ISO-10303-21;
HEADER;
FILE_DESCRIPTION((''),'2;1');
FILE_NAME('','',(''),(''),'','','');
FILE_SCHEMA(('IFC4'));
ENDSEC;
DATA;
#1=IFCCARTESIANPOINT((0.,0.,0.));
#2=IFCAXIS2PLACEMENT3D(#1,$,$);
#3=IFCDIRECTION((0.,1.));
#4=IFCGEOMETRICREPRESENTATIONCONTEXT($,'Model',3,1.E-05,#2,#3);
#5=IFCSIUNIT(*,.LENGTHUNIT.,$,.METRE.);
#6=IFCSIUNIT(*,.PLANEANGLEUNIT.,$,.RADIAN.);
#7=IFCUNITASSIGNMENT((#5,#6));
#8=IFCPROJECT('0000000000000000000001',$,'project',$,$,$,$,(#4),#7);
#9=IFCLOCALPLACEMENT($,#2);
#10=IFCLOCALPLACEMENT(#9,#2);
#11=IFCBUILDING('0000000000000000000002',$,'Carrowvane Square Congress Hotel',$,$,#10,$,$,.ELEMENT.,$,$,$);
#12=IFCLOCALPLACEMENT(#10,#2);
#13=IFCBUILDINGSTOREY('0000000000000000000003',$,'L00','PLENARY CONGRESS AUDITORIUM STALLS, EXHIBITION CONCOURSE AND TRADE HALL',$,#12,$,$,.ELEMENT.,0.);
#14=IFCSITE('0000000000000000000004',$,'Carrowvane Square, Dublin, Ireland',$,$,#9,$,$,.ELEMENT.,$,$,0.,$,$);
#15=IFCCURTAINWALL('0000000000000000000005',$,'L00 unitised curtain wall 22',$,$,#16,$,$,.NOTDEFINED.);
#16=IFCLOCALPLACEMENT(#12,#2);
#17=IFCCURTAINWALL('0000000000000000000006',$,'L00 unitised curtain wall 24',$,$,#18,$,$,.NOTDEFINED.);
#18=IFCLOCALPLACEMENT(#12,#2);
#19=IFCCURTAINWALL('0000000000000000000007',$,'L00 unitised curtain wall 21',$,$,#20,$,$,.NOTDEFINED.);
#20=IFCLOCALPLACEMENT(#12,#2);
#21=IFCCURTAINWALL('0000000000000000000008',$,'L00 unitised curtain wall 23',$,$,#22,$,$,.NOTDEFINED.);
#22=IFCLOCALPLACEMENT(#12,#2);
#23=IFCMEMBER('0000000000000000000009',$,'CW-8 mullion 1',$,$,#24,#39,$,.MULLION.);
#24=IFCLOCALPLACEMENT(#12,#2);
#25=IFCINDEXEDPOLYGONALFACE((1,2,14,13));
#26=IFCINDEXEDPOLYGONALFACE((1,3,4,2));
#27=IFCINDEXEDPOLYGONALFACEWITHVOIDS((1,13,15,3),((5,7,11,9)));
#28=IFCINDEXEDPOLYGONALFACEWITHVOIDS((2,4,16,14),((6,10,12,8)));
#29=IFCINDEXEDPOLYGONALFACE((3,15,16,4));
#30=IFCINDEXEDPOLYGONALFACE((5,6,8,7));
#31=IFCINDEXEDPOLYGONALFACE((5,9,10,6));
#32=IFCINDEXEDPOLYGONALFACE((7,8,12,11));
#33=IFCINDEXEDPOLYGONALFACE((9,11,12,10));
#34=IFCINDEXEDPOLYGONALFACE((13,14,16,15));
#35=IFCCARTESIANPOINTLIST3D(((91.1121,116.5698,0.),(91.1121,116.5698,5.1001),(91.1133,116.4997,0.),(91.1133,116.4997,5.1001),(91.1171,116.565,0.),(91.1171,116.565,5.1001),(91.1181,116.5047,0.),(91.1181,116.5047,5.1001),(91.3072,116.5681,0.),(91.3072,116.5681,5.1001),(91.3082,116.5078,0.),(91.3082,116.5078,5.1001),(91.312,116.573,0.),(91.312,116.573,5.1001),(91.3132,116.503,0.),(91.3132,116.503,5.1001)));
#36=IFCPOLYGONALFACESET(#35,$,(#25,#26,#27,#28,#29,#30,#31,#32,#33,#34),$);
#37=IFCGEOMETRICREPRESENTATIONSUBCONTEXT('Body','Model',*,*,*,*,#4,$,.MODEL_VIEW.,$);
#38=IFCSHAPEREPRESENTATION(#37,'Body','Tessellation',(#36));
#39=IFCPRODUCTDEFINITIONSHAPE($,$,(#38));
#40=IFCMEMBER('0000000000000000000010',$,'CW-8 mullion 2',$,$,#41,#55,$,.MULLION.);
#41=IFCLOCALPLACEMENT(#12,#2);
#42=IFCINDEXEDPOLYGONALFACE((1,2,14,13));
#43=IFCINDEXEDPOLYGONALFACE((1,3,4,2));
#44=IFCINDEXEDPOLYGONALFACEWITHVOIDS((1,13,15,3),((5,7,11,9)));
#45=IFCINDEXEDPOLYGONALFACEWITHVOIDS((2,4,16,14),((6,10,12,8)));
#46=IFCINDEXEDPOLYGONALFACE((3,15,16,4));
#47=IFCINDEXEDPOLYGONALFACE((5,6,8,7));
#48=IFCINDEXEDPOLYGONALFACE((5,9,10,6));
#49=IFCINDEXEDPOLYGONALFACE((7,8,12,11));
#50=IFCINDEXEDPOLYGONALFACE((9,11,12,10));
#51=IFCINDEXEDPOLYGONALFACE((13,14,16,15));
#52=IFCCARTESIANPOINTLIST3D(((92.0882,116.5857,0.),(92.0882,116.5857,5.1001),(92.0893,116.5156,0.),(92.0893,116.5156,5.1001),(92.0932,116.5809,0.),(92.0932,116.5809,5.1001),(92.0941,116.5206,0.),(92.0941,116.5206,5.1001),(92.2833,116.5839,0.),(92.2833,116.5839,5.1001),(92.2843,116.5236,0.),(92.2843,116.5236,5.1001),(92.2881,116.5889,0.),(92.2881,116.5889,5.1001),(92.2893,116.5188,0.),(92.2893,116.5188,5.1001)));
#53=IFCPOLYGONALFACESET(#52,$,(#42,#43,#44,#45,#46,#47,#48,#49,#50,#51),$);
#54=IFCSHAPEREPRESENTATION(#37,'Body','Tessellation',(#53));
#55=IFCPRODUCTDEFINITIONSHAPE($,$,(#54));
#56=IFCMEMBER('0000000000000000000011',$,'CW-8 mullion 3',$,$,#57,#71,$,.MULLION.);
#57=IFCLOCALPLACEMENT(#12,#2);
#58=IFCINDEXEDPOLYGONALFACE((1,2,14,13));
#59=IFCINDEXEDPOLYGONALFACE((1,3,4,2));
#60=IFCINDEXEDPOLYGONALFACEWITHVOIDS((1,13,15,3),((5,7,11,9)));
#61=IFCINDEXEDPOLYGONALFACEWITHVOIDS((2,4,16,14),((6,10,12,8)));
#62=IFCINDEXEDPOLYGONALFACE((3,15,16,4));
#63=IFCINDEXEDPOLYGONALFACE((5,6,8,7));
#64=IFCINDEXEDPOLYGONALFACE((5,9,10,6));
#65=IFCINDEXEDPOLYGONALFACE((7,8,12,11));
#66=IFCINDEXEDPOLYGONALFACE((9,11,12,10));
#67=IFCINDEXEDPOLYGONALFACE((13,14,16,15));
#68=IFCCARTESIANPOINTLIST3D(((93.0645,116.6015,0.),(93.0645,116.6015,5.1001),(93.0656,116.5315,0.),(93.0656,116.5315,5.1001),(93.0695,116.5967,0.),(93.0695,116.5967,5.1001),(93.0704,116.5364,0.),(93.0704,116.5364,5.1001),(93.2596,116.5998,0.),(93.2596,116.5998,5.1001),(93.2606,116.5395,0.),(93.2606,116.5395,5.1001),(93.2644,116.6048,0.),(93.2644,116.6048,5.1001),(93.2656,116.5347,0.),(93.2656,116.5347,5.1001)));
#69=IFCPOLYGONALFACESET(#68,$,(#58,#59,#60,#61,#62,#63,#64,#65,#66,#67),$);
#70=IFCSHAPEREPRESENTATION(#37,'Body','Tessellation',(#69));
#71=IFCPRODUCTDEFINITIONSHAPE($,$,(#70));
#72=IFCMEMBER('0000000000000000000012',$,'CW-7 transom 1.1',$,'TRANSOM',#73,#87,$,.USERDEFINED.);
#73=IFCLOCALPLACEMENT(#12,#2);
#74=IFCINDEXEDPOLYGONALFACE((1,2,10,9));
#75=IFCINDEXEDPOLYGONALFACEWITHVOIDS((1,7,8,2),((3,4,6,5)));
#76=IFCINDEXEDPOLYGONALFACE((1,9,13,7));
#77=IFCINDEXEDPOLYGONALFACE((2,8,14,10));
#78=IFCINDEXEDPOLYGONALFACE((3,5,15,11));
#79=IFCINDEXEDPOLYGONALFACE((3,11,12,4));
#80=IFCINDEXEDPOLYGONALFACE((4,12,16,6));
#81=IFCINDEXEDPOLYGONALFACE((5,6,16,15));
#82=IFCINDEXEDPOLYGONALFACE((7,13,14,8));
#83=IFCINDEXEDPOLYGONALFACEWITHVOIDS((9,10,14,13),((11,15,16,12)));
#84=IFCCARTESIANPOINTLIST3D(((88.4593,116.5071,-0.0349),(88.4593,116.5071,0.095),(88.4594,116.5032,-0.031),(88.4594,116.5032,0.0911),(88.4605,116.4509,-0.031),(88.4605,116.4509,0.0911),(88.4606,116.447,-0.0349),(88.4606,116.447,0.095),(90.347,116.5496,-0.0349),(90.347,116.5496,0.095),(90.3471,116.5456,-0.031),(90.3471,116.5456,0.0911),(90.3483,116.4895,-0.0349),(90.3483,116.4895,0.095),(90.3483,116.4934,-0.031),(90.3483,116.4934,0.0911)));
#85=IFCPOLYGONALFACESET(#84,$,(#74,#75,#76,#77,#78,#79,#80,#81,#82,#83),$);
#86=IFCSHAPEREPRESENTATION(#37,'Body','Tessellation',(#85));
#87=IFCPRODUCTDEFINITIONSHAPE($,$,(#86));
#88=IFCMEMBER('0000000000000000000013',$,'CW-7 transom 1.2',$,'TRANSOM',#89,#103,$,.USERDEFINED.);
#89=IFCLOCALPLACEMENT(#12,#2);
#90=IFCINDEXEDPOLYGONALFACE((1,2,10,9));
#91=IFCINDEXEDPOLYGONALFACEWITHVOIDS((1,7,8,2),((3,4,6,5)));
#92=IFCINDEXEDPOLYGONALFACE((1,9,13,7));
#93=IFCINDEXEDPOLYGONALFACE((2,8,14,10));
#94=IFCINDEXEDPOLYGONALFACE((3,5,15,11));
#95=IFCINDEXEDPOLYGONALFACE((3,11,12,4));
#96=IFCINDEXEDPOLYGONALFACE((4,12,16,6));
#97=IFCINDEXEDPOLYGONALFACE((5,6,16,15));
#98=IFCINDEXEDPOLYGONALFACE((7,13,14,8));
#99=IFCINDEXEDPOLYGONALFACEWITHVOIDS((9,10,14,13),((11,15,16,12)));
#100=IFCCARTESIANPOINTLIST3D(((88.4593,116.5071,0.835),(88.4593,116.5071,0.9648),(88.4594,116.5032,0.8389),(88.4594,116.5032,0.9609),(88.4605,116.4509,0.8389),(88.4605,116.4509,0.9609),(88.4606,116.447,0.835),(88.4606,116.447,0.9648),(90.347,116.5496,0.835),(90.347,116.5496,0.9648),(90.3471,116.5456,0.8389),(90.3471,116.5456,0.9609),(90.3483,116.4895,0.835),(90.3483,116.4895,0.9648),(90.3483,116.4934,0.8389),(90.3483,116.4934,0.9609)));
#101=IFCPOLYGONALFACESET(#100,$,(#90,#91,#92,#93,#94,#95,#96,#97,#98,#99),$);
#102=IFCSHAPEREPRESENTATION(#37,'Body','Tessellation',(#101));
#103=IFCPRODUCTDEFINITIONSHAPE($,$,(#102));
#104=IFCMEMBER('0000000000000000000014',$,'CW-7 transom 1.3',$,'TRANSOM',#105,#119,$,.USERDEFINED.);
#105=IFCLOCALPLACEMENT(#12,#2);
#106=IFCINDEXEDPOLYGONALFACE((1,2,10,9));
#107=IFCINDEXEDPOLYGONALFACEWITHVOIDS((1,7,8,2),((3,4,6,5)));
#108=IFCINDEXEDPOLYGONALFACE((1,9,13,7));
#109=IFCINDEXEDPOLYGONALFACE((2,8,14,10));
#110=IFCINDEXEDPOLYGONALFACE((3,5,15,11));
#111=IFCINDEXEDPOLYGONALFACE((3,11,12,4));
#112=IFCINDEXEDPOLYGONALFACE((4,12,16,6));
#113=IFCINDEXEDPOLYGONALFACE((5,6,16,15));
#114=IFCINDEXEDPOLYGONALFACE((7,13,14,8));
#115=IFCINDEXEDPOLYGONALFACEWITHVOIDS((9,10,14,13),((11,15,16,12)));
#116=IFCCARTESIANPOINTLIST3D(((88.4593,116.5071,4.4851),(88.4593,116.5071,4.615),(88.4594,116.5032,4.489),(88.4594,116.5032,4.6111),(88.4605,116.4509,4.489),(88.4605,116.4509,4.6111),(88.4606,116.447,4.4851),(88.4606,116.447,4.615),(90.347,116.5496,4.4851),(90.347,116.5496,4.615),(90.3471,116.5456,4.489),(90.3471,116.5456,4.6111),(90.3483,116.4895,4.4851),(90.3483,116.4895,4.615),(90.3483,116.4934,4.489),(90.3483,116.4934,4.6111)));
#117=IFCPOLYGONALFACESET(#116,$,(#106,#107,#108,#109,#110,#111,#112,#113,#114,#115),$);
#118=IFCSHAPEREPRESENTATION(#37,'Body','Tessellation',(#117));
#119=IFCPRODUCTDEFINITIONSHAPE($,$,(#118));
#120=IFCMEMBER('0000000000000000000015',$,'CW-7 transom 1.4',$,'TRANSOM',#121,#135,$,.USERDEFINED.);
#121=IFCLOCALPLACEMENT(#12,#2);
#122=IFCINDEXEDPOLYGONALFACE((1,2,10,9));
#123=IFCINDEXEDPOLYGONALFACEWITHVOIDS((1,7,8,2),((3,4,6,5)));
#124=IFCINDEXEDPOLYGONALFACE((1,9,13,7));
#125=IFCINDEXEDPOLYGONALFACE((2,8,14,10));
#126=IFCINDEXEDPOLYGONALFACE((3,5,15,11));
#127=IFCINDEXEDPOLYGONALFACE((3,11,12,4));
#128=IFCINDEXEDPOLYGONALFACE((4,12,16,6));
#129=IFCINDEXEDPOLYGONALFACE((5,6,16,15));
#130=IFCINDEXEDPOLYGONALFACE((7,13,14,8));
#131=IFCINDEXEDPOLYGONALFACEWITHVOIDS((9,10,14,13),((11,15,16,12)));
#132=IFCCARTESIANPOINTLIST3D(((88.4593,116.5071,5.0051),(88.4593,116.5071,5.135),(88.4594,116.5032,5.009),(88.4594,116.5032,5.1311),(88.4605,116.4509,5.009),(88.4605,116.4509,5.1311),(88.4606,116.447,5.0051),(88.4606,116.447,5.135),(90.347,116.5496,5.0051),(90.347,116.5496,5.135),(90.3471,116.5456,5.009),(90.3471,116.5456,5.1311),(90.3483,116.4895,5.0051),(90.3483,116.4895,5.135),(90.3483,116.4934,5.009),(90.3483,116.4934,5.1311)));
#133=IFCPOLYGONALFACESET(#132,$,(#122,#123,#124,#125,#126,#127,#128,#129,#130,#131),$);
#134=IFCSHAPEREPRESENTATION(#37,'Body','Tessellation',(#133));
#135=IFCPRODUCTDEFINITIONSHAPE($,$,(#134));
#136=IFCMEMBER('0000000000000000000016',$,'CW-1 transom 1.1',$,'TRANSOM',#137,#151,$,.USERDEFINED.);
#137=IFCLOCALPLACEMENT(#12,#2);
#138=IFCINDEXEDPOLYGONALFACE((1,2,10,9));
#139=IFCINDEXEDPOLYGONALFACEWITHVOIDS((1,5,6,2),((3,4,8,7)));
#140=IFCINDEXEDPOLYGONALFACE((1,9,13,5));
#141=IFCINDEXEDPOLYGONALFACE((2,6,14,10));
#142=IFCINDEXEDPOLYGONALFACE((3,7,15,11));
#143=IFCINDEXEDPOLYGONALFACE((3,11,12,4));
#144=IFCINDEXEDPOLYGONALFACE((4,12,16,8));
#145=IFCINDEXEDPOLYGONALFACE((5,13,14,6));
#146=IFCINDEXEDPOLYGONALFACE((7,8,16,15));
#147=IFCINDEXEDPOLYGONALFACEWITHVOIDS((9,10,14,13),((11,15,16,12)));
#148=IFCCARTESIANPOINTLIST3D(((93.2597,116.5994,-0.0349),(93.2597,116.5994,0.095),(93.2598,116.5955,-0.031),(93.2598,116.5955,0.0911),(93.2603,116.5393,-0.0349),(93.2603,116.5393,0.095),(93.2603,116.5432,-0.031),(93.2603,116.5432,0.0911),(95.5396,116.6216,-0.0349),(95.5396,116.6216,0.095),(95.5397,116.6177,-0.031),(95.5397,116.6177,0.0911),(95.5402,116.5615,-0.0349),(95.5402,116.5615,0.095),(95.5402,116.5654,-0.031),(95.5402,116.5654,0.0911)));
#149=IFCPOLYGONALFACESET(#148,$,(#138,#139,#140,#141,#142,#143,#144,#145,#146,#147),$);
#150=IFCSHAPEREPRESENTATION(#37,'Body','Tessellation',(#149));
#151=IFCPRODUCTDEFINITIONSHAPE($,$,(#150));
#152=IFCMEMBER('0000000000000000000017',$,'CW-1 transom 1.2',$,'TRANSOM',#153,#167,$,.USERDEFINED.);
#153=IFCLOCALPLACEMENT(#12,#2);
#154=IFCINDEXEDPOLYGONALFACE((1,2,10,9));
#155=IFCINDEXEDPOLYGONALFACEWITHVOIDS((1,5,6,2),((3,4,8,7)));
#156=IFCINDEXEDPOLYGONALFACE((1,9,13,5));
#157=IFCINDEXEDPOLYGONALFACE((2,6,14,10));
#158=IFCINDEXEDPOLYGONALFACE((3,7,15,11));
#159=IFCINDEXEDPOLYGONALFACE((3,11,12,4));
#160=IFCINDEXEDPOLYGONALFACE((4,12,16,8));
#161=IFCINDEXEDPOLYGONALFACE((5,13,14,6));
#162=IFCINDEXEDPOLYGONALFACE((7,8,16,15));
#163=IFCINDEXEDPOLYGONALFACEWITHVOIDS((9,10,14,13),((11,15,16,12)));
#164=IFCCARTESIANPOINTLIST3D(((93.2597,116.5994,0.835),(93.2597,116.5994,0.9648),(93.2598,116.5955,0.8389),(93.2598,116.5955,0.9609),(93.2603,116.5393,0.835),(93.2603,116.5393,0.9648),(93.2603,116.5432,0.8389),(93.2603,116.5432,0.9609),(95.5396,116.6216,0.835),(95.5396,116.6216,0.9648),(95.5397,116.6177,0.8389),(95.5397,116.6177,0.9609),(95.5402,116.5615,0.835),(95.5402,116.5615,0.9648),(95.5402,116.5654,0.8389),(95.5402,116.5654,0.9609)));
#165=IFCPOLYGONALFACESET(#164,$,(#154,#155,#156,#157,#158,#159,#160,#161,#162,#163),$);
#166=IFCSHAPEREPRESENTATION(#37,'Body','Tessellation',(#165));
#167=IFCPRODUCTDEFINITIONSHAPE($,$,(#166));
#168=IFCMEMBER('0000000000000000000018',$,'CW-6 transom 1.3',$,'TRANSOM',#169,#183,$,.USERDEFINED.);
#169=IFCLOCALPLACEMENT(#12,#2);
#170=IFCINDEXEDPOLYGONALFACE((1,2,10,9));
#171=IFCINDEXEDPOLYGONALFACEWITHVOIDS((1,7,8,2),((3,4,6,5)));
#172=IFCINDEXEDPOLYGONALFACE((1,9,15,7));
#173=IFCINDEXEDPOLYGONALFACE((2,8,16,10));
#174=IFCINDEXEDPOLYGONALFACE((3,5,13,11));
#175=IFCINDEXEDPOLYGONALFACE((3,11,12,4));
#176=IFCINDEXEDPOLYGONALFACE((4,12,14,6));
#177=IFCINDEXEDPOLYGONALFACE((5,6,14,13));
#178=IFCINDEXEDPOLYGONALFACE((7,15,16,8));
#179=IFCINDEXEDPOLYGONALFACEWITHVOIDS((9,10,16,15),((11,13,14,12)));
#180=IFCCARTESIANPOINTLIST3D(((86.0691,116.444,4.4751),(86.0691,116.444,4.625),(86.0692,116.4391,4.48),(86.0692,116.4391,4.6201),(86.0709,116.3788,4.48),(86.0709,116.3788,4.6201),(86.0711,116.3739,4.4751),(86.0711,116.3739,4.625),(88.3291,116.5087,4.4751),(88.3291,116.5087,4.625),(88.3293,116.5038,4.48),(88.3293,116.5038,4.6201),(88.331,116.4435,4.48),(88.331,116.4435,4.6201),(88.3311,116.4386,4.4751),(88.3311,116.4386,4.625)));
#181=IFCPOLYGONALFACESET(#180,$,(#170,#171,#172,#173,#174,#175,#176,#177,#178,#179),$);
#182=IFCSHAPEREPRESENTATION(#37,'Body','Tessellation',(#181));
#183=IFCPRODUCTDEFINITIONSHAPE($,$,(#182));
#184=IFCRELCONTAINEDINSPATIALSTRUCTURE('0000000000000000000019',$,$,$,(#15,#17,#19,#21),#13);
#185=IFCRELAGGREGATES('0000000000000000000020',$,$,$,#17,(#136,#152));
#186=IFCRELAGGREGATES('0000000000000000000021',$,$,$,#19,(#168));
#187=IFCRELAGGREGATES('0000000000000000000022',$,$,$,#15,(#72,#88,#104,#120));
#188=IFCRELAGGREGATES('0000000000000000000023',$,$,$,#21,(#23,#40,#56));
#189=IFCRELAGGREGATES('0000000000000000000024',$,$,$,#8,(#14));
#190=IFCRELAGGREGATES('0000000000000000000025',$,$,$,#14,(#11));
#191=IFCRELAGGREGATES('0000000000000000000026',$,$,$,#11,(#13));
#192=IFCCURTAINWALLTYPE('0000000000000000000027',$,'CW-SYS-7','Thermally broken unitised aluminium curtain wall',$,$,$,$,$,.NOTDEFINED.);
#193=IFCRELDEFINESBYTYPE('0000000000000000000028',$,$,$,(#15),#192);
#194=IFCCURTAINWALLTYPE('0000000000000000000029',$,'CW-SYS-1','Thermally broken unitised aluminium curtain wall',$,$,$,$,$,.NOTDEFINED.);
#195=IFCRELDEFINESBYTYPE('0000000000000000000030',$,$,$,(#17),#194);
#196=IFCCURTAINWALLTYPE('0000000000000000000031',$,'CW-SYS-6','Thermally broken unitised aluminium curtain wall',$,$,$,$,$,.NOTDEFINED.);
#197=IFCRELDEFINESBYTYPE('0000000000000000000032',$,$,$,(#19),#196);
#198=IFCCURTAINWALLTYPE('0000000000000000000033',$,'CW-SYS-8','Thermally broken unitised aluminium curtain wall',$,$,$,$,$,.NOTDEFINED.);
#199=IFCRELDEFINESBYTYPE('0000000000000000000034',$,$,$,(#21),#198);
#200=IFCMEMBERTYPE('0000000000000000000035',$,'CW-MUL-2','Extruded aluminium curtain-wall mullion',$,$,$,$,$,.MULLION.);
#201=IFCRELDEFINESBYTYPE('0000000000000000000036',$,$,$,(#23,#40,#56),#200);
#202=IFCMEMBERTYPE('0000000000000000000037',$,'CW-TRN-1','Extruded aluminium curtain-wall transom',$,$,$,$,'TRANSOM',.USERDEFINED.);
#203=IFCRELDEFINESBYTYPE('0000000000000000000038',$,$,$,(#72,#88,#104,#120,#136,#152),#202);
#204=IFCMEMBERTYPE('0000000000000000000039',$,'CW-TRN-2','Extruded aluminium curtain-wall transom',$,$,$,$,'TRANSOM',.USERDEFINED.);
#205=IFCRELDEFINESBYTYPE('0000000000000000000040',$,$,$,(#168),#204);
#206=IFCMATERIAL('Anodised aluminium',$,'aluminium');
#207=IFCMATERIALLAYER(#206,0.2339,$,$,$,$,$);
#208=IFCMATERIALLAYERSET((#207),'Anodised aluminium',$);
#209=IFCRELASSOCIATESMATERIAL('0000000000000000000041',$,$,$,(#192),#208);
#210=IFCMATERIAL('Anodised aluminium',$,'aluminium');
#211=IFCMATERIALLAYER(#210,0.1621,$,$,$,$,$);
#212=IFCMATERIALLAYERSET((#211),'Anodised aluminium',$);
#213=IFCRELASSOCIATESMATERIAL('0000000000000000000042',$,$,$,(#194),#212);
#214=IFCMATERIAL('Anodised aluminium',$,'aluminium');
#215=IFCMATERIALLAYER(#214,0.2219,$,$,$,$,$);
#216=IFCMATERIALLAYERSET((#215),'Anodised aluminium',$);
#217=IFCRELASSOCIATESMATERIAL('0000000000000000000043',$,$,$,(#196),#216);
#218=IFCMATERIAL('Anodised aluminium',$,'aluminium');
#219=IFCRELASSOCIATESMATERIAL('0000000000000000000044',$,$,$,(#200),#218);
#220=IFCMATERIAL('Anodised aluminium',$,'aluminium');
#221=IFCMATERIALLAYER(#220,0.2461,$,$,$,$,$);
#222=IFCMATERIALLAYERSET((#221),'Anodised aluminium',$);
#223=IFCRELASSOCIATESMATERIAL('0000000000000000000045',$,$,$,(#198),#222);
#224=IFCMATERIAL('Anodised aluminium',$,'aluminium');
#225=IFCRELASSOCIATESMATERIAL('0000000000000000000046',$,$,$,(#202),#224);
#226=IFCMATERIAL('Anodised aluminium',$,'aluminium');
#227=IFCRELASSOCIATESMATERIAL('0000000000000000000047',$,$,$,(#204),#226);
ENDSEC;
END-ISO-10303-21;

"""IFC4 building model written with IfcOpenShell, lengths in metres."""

from ifc_helpers import new_model, si_unit, direction, frame, origin, origin_2d, place, context, subcontext, project, spatial, hollow_rectangle, extrude, material, layer, layer_set, material_profile, profile_set, type_object, element, aggregate, save


model = new_model("IFC4")

# Units and contexts
model_context = context("Model", 3, precision=1e-05, world=origin(), true_north=direction((0.0, 1.0)))
body_context = subcontext(model_context, "Body", "Model", "MODEL_VIEW")
ifc_project = project(units=[si_unit("LENGTHUNIT", "METRE"), si_unit("PLANEANGLEUNIT", "RADIAN")], contexts=[model_context])

# Site, building, storey
site_placement = place(None, origin())
site = spatial("IfcSite", under=ifc_project, at=site_placement, Name="Carrowvane Square, Dublin, Ireland", CompositionType="ELEMENT", RefElevation=0.0)
building_placement = place(site_placement, origin())
building = spatial("IfcBuilding", under=site, at=building_placement, Name="Carrowvane Square Congress Hotel", CompositionType="ELEMENT")
storey_placement = place(building_placement, origin())
storey = spatial("IfcBuildingStorey", under=building, at=storey_placement, Name="L00", Description="PLENARY CONGRESS AUDITORIUM STALLS, EXHIBITION CONCOURSE AND TRADE HALL", CompositionType="ELEMENT", Elevation=0.0)

# Curtain wall
ifc_material_1 = material(Name="Anodised aluminium", Category="aluminium")
ifc_layer_1 = layer(ifc_material_1, 0.2339)
ifc_layer_set_1 = layer_set([ifc_layer_1], Name="Anodised aluminium")
curtain_wall_type_1 = type_object("IfcCurtainWallType", Name="CW-SYS-7", Description="Thermally broken unitised aluminium curtain wall", PredefinedType="NOTDEFINED", material=ifc_layer_set_1)
curtain_wall_1_placement = place(storey_placement, origin())
curtain_wall_1 = element("IfcCurtainWall", 1, at=curtain_wall_1_placement, inside=storey, type_object=curtain_wall_type_1, Name="L00 unitised curtain wall 22", PredefinedType="NOTDEFINED")

# Curtain walls
ifc_material_2 = material(Name="Anodised aluminium", Category="aluminium")
ifc_layer_2 = layer(ifc_material_2, 0.1621)
ifc_layer_set_2 = layer_set([ifc_layer_2], Name="Anodised aluminium")
curtain_wall_type_2 = type_object("IfcCurtainWallType", Name="CW-SYS-1", Description="Thermally broken unitised aluminium curtain wall", PredefinedType="NOTDEFINED", material=ifc_layer_set_2)
curtain_wall_2_placement = place(storey_placement, origin())
curtain_wall_2 = element("IfcCurtainWall", 2, at=curtain_wall_2_placement, inside=storey, type_object=curtain_wall_type_2, Name="L00 unitised curtain wall 24", PredefinedType="NOTDEFINED")
ifc_material_3 = material(Name="Anodised aluminium", Category="aluminium")
ifc_layer_3 = layer(ifc_material_3, 0.2219)
ifc_layer_set_3 = layer_set([ifc_layer_3], Name="Anodised aluminium")
curtain_wall_type_3 = type_object("IfcCurtainWallType", Name="CW-SYS-6", Description="Thermally broken unitised aluminium curtain wall", PredefinedType="NOTDEFINED", material=ifc_layer_set_3)
curtain_wall_3_placement = place(storey_placement, origin())
curtain_wall_3 = element("IfcCurtainWall", 3, at=curtain_wall_3_placement, inside=storey, type_object=curtain_wall_type_3, Name="L00 unitised curtain wall 21", PredefinedType="NOTDEFINED")
ifc_material_4 = material(Name="Anodised aluminium", Category="aluminium")
ifc_material_profile_1 = material_profile(ifc_material_4, hollow_rectangle(XDim=0.0701, YDim=0.2, WallThickness=0.0049, at=origin_2d()), Name="CW-ML 70x200x5")
ifc_profile_set_1 = profile_set([ifc_material_profile_1], Name="Anodised aluminium")
member_type_1 = type_object("IfcMemberType", Name="CW-MUL-2", Description="Extruded aluminium curtain-wall mullion", PredefinedType="MULLION", material=ifc_profile_set_1)

# Curtain wall, members
ifc_material_5 = material(Name="Anodised aluminium", Category="aluminium")
ifc_layer_4 = layer(ifc_material_5, 0.2461)
ifc_layer_set_4 = layer_set([ifc_layer_4], Name="Anodised aluminium")
curtain_wall_type_4 = type_object("IfcCurtainWallType", Name="CW-SYS-8", Description="Thermally broken unitised aluminium curtain wall", PredefinedType="NOTDEFINED", material=ifc_layer_set_4)
curtain_wall_4_placement = place(storey_placement, origin())
curtain_wall_4 = element("IfcCurtainWall", 4, at=curtain_wall_4_placement, inside=storey, type_object=curtain_wall_type_4, Name="L00 unitised curtain wall 23", PredefinedType="NOTDEFINED")
member_1_placement = place(storey_placement, frame((91.2126, 116.5364, 0.0), z_axis=(0.0, 0.0, 1.0), x_axis=(-0.016216, 0.999869, 0.0)))
member_1 = element("IfcMember", 5, at=member_1_placement, type_object=member_type_1, Name="CW-8 mullion 1", PredefinedType="MULLION", context=body_context, shape_type="SweptSolid", body=[
    extrude(hollow_rectangle(XDim=0.0701, YDim=0.2, WallThickness=0.0049, at=origin_2d()), origin(), (0.0, 0.0, 1.0), 5.1001),
])
member_2_placement = place(storey_placement, frame((92.1887, 116.5522, 0.0), z_axis=(0.0, 0.0, 1.0), x_axis=(-0.016216, 0.999869, 0.0)))
member_2 = element("IfcMember", 6, at=member_2_placement, type_object=member_type_1, Name="CW-8 mullion 2", PredefinedType="MULLION", context=body_context, shape_type="SweptSolid", body=[
    extrude(hollow_rectangle(XDim=0.0701, YDim=0.2, WallThickness=0.0049, at=origin_2d()), origin(), (0.0, 0.0, 1.0), 5.1001),
])
member_3_placement = place(storey_placement, frame((93.165, 116.5681, 0.0), z_axis=(0.0, 0.0, 1.0), x_axis=(-0.016216, 0.999869, 0.0)))
member_3 = element("IfcMember", 7, at=member_3_placement, type_object=member_type_1, Name="CW-8 mullion 3", PredefinedType="MULLION", context=body_context, shape_type="SweptSolid", body=[
    extrude(hollow_rectangle(XDim=0.0701, YDim=0.2, WallThickness=0.0049, at=origin_2d()), origin(), (0.0, 0.0, 1.0), 5.1001),
])

# Members
ifc_material_6 = material(Name="Anodised aluminium", Category="aluminium")
ifc_material_profile_2 = material_profile(ifc_material_6, hollow_rectangle(XDim=0.0601, YDim=0.1299, WallThickness=0.0039, at=origin_2d()), Name="CW-TR 60x130x4")
ifc_profile_set_2 = profile_set([ifc_material_profile_2], Name="Anodised aluminium")
member_type_2 = type_object("IfcMemberType", Name="CW-TRN-1", Description="Extruded aluminium curtain-wall transom", ElementType="TRANSOM", PredefinedType="USERDEFINED", material=ifc_profile_set_2)
member_4_placement = place(storey_placement, frame((88.46, 116.4771, 0.03), z_axis=(0.999747, 0.022498, 0.0), x_axis=(-0.022498, 0.999747, 0.0)))
member_4 = element("IfcMember", 8, at=member_4_placement, type_object=member_type_2, Name="CW-7 transom 1.1", ObjectType="TRANSOM", PredefinedType="USERDEFINED", context=body_context, shape_type="SweptSolid", body=[
    extrude(hollow_rectangle(XDim=0.0601, YDim=0.1299, WallThickness=0.0039, at=origin_2d()), origin(), (0.0, 0.0, 1.0), 1.8882),
])
member_5_placement = place(storey_placement, frame((88.46, 116.4771, 0.8999), z_axis=(0.999747, 0.022498, 0.0), x_axis=(-0.022498, 0.999747, 0.0)))
member_5 = element("IfcMember", 9, at=member_5_placement, type_object=member_type_2, Name="CW-7 transom 1.2", ObjectType="TRANSOM", PredefinedType="USERDEFINED", context=body_context, shape_type="SweptSolid", body=[
    extrude(hollow_rectangle(XDim=0.0601, YDim=0.1299, WallThickness=0.0039, at=origin_2d()), origin(), (0.0, 0.0, 1.0), 1.8882),
])
member_6_placement = place(storey_placement, frame((88.46, 116.4771, 4.55), z_axis=(0.999747, 0.022498, 0.0), x_axis=(-0.022498, 0.999747, 0.0)))
member_6 = element("IfcMember", 10, at=member_6_placement, type_object=member_type_2, Name="CW-7 transom 1.3", ObjectType="TRANSOM", PredefinedType="USERDEFINED", context=body_context, shape_type="SweptSolid", body=[
    extrude(hollow_rectangle(XDim=0.0601, YDim=0.1299, WallThickness=0.0039, at=origin_2d()), origin(), (0.0, 0.0, 1.0), 1.8882),
])
member_7_placement = place(storey_placement, frame((88.46, 116.4771, 5.0701), z_axis=(0.999747, 0.022498, 0.0), x_axis=(-0.022498, 0.999747, 0.0)))
member_7 = element("IfcMember", 11, at=member_7_placement, type_object=member_type_2, Name="CW-7 transom 1.4", ObjectType="TRANSOM", PredefinedType="USERDEFINED", context=body_context, shape_type="SweptSolid", body=[
    extrude(hollow_rectangle(XDim=0.0601, YDim=0.1299, WallThickness=0.0039, at=origin_2d()), origin(), (0.0, 0.0, 1.0), 1.8882),
])
member_8_placement = place(storey_placement, frame((93.26, 116.5693, 0.03), z_axis=(0.999953, 0.009744, 0.0), x_axis=(-0.009744, 0.999953, 0.0)))
member_8 = element("IfcMember", 12, at=member_8_placement, type_object=member_type_2, Name="CW-1 transom 1.1", ObjectType="TRANSOM", PredefinedType="USERDEFINED", context=body_context, shape_type="SweptSolid", body=[
    extrude(hollow_rectangle(XDim=0.0601, YDim=0.1299, WallThickness=0.0039, at=origin_2d()), origin(), (0.0, 0.0, 1.0), 2.28),
])
member_9_placement = place(storey_placement, frame((93.26, 116.5693, 0.8999), z_axis=(0.999953, 0.009744, 0.0), x_axis=(-0.009744, 0.999953, 0.0)))
member_9 = element("IfcMember", 13, at=member_9_placement, type_object=member_type_2, Name="CW-1 transom 1.2", ObjectType="TRANSOM", PredefinedType="USERDEFINED", context=body_context, shape_type="SweptSolid", body=[
    extrude(hollow_rectangle(XDim=0.0601, YDim=0.1299, WallThickness=0.0039, at=origin_2d()), origin(), (0.0, 0.0, 1.0), 2.28),
])
aggregate(curtain_wall_2, [member_8, member_9])
ifc_material_7 = material(Name="Anodised aluminium", Category="aluminium")
ifc_material_profile_3 = material_profile(ifc_material_7, hollow_rectangle(XDim=0.0701, YDim=0.1499, WallThickness=0.0049, at=origin_2d()), Name="CW-TR 70x150x5")
ifc_profile_set_3 = profile_set([ifc_material_profile_3], Name="Anodised aluminium")
member_type_3 = type_object("IfcMemberType", Name="CW-TRN-2", Description="Extruded aluminium curtain-wall transom", ElementType="TRANSOM", PredefinedType="USERDEFINED", material=ifc_profile_set_3)
member_10_placement = place(storey_placement, frame((86.0701, 116.4089, 4.55), z_axis=(0.99959, 0.028615, 0.0), x_axis=(-0.028615, 0.99959, 0.0)))
member_10 = element("IfcMember", 14, at=member_10_placement, type_object=member_type_3, Name="CW-6 transom 1.3", ObjectType="TRANSOM", PredefinedType="USERDEFINED", context=body_context, shape_type="SweptSolid", body=[
    extrude(hollow_rectangle(XDim=0.0701, YDim=0.1499, WallThickness=0.0049, at=origin_2d()), origin(), (0.0, 0.0, 1.0), 2.261),
])

aggregate(curtain_wall_3, [member_10])
aggregate(curtain_wall_1, [member_4, member_5, member_6, member_7])
aggregate(curtain_wall_4, [member_1, member_2, member_3])

save(model, "model.ifc")
